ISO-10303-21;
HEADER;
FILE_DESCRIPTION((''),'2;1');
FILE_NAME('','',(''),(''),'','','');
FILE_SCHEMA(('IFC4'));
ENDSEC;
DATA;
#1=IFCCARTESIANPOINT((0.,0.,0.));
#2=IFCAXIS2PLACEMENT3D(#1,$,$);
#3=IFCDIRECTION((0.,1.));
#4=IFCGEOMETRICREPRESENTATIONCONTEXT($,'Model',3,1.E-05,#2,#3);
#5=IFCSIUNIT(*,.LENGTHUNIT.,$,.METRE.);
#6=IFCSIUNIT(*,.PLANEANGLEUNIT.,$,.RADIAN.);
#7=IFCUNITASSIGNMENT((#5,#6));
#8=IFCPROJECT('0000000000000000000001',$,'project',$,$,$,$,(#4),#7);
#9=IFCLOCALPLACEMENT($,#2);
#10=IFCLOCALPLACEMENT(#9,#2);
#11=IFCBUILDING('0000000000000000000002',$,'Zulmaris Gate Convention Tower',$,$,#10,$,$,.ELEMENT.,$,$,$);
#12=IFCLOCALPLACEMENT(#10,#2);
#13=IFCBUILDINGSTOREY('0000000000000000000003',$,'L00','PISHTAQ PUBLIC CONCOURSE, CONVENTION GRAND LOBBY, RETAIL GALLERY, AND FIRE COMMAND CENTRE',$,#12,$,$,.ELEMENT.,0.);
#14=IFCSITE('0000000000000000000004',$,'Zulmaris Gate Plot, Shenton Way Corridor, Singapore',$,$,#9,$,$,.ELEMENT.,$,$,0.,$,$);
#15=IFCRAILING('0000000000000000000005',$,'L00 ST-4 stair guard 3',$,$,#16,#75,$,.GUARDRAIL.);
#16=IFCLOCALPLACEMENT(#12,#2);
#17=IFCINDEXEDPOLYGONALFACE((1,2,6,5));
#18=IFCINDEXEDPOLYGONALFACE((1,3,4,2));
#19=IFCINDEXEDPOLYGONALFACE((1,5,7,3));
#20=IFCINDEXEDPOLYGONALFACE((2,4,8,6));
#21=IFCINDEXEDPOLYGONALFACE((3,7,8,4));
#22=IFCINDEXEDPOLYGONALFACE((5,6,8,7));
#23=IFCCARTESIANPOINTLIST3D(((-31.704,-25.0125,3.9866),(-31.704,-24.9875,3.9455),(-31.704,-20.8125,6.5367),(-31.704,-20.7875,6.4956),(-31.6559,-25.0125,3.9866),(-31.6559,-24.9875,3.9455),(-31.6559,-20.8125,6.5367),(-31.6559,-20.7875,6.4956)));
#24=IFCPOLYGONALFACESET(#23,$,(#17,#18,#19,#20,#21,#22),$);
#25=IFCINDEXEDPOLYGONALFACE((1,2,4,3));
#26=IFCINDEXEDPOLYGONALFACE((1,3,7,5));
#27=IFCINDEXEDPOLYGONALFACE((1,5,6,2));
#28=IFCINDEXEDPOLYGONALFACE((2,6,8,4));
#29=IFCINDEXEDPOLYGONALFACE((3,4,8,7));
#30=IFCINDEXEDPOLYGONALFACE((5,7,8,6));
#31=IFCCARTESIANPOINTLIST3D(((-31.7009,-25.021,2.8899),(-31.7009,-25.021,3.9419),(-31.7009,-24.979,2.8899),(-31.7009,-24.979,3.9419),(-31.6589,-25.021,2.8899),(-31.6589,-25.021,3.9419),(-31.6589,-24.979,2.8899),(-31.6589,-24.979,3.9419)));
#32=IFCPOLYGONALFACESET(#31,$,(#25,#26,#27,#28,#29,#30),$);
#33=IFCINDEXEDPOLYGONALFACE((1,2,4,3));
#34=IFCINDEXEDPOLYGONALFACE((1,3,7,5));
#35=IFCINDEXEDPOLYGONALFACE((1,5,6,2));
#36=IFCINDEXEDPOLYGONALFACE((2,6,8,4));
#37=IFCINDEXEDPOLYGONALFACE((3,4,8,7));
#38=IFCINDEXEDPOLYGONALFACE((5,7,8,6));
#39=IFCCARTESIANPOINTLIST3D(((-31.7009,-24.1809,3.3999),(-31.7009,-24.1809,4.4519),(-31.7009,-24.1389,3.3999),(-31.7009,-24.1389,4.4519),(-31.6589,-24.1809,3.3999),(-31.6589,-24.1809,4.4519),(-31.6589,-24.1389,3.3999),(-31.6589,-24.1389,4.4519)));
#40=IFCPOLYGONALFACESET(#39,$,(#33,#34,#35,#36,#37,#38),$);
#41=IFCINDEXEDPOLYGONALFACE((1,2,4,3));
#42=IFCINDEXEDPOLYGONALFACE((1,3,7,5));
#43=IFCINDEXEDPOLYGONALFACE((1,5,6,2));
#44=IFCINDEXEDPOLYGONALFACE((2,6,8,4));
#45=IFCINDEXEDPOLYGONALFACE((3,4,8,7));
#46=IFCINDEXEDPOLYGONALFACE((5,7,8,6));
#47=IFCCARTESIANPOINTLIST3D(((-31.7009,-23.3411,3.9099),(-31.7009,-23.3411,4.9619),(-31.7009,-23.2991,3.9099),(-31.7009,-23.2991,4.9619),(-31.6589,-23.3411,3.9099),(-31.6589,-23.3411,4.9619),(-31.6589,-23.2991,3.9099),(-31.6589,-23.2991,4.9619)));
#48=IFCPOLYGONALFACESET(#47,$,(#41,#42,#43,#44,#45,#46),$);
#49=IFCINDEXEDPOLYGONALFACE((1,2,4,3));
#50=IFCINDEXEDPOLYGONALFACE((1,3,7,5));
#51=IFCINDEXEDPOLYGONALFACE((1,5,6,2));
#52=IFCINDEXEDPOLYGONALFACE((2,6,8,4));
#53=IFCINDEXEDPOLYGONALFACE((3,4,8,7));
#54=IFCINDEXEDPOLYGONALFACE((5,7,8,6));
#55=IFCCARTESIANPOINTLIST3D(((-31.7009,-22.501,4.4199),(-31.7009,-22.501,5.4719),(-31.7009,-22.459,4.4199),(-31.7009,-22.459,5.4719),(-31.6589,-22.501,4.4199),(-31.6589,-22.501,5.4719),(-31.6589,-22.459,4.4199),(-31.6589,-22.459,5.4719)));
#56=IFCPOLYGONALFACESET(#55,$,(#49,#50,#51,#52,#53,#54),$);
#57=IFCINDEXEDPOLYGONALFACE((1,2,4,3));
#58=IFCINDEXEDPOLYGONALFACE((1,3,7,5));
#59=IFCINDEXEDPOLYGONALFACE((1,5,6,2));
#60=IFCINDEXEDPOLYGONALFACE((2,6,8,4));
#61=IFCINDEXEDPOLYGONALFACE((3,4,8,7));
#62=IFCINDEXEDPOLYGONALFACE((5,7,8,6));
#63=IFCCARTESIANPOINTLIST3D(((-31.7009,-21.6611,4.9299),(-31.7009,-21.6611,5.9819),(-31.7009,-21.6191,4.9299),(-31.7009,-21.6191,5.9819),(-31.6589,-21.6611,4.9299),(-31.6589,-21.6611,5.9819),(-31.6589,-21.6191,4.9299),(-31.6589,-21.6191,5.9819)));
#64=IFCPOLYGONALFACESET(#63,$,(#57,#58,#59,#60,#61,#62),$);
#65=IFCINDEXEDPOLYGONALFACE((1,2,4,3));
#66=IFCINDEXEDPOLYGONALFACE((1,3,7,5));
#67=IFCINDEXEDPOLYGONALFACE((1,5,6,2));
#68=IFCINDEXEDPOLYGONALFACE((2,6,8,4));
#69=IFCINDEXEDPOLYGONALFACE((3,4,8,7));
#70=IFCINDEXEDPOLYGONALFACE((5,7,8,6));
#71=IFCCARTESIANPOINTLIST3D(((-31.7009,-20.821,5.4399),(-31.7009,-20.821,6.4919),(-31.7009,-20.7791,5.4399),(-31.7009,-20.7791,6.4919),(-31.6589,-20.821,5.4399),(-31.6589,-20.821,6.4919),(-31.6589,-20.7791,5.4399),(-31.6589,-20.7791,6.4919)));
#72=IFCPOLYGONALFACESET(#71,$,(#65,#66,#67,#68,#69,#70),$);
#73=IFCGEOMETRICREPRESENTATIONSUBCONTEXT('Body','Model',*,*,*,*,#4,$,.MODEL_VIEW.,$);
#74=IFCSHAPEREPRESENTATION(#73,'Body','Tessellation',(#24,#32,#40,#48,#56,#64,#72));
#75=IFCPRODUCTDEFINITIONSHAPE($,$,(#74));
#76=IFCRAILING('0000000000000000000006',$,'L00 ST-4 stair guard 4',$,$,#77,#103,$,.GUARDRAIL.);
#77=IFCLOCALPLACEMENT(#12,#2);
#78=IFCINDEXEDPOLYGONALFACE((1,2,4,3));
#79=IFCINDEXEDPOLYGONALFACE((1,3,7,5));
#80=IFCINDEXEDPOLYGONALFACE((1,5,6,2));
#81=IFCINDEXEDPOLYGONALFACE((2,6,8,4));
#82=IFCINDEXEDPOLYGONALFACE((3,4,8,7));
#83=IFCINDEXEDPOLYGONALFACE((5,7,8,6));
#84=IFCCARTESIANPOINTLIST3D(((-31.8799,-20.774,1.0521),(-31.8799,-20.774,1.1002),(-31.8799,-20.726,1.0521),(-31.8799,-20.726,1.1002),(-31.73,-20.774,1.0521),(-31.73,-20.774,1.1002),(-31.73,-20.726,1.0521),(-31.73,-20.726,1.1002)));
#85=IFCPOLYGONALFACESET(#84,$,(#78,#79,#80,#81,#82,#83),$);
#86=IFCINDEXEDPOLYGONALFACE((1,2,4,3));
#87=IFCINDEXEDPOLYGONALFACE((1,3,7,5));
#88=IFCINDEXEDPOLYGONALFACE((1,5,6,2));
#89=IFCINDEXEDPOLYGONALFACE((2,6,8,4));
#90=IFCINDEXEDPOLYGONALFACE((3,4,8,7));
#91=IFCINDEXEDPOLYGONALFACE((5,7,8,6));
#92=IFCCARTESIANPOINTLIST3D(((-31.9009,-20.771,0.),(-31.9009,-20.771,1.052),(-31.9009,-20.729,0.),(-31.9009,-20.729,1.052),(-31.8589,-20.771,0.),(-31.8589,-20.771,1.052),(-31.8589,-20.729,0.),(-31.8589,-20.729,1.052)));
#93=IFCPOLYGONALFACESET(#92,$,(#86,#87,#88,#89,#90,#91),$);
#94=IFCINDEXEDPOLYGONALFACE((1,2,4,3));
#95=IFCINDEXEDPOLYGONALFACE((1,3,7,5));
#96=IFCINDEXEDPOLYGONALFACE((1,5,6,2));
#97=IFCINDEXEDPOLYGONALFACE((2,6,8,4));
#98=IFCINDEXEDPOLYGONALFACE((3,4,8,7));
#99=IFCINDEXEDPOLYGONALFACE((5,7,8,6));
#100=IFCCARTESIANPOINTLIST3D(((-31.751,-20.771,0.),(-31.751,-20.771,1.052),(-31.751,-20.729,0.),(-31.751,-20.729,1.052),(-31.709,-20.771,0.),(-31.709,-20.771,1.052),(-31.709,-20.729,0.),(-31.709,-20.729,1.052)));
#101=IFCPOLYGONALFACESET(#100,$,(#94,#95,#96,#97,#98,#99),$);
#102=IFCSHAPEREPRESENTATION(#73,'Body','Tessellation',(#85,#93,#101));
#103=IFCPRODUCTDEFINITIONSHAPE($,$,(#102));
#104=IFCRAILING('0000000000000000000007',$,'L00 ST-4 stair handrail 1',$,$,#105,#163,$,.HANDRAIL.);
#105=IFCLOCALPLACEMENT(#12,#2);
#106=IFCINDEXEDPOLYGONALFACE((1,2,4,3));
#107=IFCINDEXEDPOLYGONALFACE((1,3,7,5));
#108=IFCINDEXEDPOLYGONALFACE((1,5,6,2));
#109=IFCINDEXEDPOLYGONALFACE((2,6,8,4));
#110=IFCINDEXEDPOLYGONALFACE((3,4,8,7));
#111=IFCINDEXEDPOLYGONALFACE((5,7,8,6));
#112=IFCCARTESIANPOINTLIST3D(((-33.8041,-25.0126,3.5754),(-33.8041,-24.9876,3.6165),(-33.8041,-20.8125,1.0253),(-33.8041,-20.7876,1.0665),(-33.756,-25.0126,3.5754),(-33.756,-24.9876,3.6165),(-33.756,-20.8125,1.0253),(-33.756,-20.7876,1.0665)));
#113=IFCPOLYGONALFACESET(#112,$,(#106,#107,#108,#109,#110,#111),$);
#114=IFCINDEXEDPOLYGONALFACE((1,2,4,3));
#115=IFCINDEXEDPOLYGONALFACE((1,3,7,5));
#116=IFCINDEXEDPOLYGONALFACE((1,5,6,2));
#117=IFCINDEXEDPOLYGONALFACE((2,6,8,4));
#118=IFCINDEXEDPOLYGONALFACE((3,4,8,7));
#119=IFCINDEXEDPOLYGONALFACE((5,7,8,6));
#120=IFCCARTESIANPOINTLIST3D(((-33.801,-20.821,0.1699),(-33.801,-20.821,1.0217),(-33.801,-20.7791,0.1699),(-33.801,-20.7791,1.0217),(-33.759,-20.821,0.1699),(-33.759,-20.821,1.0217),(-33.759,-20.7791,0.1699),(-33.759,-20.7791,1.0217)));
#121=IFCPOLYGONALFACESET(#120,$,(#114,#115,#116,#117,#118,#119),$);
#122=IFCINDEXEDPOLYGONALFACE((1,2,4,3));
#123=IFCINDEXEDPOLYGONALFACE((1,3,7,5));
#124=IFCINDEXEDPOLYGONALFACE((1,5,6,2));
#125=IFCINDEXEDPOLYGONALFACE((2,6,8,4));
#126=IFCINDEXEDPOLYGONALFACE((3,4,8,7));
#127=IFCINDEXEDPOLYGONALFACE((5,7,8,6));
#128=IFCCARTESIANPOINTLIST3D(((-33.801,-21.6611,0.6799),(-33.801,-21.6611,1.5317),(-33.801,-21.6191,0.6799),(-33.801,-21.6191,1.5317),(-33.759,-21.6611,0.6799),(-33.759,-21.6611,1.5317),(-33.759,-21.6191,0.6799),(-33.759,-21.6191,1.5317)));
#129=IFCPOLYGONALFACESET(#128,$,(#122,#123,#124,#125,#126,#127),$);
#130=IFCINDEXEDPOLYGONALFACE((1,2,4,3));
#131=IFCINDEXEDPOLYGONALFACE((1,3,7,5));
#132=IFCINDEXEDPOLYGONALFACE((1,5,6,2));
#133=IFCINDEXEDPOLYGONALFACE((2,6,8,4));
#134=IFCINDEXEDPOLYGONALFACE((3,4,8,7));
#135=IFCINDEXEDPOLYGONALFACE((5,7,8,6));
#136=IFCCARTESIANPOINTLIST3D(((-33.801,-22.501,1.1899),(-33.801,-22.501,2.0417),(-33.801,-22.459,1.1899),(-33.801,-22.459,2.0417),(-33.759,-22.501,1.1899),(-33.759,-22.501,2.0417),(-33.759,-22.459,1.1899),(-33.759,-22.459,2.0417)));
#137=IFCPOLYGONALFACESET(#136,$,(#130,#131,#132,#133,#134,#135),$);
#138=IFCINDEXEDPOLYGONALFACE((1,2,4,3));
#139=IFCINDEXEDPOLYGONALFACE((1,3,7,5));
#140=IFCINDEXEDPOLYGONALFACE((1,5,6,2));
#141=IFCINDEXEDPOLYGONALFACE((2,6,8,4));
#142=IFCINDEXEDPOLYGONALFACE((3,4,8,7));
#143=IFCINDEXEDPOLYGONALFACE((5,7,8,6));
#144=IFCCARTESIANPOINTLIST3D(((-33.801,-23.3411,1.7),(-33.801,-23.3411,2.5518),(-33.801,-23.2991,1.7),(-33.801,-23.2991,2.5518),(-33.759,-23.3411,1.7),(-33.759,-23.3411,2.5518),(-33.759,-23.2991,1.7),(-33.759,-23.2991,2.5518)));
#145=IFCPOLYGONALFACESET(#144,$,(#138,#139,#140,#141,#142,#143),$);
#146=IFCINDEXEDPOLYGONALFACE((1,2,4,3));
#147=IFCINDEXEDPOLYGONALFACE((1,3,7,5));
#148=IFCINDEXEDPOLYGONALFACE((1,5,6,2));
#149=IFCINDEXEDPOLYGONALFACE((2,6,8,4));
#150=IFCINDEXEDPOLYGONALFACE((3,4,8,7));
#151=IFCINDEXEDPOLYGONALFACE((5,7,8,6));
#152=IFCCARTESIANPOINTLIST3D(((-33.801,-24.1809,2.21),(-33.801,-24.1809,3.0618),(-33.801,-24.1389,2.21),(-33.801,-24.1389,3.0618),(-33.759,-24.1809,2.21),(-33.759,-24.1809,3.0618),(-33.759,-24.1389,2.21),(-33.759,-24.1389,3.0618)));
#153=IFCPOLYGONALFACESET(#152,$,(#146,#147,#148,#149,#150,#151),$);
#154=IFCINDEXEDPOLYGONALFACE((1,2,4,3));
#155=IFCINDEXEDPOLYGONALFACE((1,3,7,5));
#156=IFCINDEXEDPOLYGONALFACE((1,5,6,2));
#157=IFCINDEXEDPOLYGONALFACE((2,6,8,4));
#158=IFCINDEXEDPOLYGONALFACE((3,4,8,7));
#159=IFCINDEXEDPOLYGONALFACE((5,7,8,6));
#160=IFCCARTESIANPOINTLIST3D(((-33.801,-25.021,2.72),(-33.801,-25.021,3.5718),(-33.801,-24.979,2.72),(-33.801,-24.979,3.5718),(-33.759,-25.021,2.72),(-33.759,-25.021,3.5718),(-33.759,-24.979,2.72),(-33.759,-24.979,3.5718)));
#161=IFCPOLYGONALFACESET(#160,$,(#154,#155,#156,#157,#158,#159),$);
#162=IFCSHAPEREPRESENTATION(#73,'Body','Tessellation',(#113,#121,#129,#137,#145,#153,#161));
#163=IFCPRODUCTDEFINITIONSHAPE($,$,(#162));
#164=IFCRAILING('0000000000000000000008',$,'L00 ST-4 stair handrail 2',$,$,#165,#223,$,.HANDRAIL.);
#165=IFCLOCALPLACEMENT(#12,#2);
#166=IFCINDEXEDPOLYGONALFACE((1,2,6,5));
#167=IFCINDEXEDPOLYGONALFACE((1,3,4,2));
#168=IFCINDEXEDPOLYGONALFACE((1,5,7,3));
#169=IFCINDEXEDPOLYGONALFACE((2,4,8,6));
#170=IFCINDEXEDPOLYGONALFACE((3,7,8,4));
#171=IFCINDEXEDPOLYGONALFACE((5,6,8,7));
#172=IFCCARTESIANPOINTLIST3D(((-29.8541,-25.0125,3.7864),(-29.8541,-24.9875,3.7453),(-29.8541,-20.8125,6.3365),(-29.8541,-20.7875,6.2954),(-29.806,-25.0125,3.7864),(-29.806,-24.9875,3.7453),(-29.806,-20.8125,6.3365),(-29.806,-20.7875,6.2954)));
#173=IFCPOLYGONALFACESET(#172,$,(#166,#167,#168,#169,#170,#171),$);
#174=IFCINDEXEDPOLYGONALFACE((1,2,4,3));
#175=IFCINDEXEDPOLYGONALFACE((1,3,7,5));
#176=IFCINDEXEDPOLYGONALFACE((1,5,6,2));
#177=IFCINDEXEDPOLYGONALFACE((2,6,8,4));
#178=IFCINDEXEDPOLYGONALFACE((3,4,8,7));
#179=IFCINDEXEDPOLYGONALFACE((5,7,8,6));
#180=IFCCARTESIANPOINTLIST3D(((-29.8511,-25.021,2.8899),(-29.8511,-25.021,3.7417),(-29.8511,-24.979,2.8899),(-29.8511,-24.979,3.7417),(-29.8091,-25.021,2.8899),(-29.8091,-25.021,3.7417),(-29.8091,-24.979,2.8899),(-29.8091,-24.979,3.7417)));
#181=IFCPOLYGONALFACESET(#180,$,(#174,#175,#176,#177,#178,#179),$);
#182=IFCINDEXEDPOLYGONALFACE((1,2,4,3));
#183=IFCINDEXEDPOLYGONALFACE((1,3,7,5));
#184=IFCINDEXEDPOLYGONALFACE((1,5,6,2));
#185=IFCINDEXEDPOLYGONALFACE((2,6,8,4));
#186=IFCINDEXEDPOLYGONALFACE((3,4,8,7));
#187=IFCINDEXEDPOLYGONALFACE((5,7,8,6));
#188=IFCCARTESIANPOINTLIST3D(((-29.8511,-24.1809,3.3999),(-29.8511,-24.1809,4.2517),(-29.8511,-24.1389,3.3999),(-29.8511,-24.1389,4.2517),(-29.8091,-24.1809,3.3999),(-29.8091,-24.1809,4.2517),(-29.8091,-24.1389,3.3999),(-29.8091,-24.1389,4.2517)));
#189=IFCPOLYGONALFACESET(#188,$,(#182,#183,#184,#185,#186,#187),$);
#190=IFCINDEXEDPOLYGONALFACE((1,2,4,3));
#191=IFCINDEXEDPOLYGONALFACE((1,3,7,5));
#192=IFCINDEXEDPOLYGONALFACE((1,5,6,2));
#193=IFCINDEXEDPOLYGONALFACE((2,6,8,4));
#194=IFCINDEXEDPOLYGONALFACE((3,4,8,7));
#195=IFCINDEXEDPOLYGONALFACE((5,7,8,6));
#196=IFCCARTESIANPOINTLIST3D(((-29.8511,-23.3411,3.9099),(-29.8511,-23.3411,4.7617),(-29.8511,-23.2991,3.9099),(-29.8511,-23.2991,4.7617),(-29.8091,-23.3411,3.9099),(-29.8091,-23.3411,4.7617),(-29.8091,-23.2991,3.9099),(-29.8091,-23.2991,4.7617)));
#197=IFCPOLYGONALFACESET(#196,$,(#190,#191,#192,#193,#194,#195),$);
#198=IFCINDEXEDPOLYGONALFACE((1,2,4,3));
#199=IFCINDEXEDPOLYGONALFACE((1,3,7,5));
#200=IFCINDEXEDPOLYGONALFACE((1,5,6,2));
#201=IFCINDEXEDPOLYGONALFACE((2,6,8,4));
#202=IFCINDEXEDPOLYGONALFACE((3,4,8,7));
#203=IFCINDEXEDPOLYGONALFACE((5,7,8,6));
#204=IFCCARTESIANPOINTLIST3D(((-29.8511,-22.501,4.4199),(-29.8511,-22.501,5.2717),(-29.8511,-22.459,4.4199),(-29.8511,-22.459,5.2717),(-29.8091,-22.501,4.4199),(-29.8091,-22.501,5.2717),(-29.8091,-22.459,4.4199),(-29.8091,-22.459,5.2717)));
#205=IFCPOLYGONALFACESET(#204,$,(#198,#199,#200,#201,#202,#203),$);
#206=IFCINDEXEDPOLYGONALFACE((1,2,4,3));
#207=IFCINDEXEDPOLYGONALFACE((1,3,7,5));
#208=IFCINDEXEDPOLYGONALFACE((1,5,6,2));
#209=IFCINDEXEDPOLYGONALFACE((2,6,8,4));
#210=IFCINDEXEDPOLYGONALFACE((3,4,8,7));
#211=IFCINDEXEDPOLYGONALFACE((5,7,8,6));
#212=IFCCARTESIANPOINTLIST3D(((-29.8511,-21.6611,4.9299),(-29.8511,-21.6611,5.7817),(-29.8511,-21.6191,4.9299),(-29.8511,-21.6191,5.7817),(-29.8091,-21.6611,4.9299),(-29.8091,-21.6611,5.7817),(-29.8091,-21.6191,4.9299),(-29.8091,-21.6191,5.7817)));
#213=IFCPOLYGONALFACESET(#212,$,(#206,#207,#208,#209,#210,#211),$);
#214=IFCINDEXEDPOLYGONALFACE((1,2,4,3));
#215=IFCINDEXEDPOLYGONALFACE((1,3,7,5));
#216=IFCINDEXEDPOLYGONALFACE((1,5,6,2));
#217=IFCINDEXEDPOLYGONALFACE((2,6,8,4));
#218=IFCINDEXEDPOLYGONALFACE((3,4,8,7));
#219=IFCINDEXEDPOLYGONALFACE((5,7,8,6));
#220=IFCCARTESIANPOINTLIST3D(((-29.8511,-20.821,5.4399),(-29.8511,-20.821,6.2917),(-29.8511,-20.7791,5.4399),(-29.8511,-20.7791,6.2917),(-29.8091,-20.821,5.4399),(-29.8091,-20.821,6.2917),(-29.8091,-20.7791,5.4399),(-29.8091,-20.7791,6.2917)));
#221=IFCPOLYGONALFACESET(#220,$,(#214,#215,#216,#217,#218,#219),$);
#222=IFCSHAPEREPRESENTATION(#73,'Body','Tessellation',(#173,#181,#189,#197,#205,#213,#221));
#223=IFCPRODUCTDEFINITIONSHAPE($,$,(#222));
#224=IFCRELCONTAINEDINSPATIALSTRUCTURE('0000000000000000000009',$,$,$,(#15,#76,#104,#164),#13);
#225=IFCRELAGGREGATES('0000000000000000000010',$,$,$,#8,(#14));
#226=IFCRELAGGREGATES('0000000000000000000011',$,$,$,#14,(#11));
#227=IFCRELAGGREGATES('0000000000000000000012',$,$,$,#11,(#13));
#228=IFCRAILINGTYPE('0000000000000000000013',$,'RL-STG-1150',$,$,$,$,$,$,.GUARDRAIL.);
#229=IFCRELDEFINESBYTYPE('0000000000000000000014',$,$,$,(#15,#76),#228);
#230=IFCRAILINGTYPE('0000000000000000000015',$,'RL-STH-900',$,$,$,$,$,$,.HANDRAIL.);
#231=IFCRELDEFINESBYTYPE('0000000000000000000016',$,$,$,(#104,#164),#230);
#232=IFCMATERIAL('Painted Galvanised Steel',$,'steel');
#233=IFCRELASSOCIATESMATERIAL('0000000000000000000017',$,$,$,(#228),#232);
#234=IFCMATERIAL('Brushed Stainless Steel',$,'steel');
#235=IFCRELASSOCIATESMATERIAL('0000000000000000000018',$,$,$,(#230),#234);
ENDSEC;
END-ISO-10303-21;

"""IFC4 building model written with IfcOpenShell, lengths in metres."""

from ifc_helpers import new_model, si_unit, direction, frame, origin, origin_2d, place, context, subcontext, project, spatial, rectangle, extrude, material, type_object, element, save


model = new_model("IFC4")

# Units and contexts
model_context = context("Model", 3, precision=1e-05, world=origin(), true_north=direction((0.0, 1.0)))
body_context = subcontext(model_context, "Body", "Model", "MODEL_VIEW")
ifc_project = project(units=[si_unit("LENGTHUNIT", "METRE"), si_unit("PLANEANGLEUNIT", "RADIAN")], contexts=[model_context])

# Site, building, storey
site_placement = place(None, origin())
site = spatial("IfcSite", under=ifc_project, at=site_placement, Name="Zulmaris Gate Plot, Shenton Way Corridor, Singapore", CompositionType="ELEMENT", RefElevation=0.0)
building_placement = place(site_placement, origin())
building = spatial("IfcBuilding", under=site, at=building_placement, Name="Zulmaris Gate Convention Tower", CompositionType="ELEMENT")
storey_placement = place(building_placement, origin())
storey = spatial("IfcBuildingStorey", under=building, at=storey_placement, Name="L00", Description="PISHTAQ PUBLIC CONCOURSE, CONVENTION GRAND LOBBY, RETAIL GALLERY, AND FIRE COMMAND CENTRE", CompositionType="ELEMENT", Elevation=0.0)

# Railings
ifc_material_1 = material(Name="Painted Galvanised Steel", Category="steel")
railing_type_1 = type_object("IfcRailingType", Name="RL-STG-1150", PredefinedType="GUARDRAIL", material=ifc_material_1)
railing_1_placement = place(storey_placement, frame((-31.6799, -25.0, 2.8899)))
element("IfcRailing", 1, at=railing_1_placement, inside=storey, type_object=railing_type_1, Name="L00 ST-4 stair guard 3", PredefinedType="GUARDRAIL", context=body_context, shape_type="SweptSolid", body=[
    extrude(rectangle(XDim=0.0481, YDim=0.0481, at=origin_2d()), frame((0.0, 0.0, 1.0762), z_axis=(0.0, 0.85478, 0.51899), x_axis=(-1.0, 0.0, 0.0)), (0.0, 0.0, 1.0), 4.9136),
    extrude(rectangle(XDim=0.042, YDim=0.042, at=origin_2d()), origin(), (0.0, 0.0, 1.0), 1.052),
    extrude(rectangle(XDim=0.042, YDim=0.042, at=origin_2d()), frame((0.0, 0.8401, 0.51)), (0.0, 0.0, 1.0), 1.052),
    extrude(rectangle(XDim=0.042, YDim=0.042, at=origin_2d()), frame((0.0, 1.6799, 1.02)), (0.0, 0.0, 1.0), 1.052),
    extrude(rectangle(XDim=0.042, YDim=0.042, at=origin_2d()), frame((0.0, 2.52, 1.53)), (0.0, 0.0, 1.0), 1.052),
    extrude(rectangle(XDim=0.042, YDim=0.042, at=origin_2d()), frame((0.0, 3.3599, 2.04)), (0.0, 0.0, 1.0), 1.052),
    extrude(rectangle(XDim=0.042, YDim=0.042, at=origin_2d()), frame((0.0, 4.2, 2.55)), (0.0, 0.0, 1.0), 1.052),
])
railing_2_placement = place(storey_placement, frame((-31.8799, -20.75, 0.0)))
element("IfcRailing", 2, at=railing_2_placement, inside=storey, type_object=railing_type_1, Name="L00 ST-4 stair guard 4", PredefinedType="GUARDRAIL", context=body_context, shape_type="SweptSolid", body=[
    extrude(rectangle(XDim=0.0481, YDim=0.0481, at=origin_2d()), frame((0.0, 0.0, 1.0762), z_axis=(1.0, 0.0, 0.0), x_axis=(0.0, 1.0, 0.0)), (0.0, 0.0, 1.0), 0.1499),
    extrude(rectangle(XDim=0.042, YDim=0.042, at=origin_2d()), origin(), (0.0, 0.0, 1.0), 1.052),
    extrude(rectangle(XDim=0.042, YDim=0.042, at=origin_2d()), frame((0.1499, 0.0, 0.0)), (0.0, 0.0, 1.0), 1.052),
])
ifc_material_2 = material(Name="Brushed Stainless Steel", Category="steel")
railing_type_2 = type_object("IfcRailingType", Name="RL-STH-900", PredefinedType="HANDRAIL", material=ifc_material_2)
railing_3_placement = place(storey_placement, frame((-33.78, -20.8, 0.1699)))
element("IfcRailing", 3, at=railing_3_placement, inside=storey, type_object=railing_type_2, Name="L00 ST-4 stair handrail 1", PredefinedType="HANDRAIL", context=body_context, shape_type="SweptSolid", body=[
    extrude(rectangle(XDim=0.0481, YDim=0.0481, at=origin_2d()), frame((0.0, 0.0, 0.876), z_axis=(0.0, -0.85478, 0.51899), x_axis=(1.0, 0.0, 0.0)), (0.0, 0.0, 1.0), 4.9136),
    extrude(rectangle(XDim=0.042, YDim=0.042, at=origin_2d()), origin(), (0.0, 0.0, 1.0), 0.8518),
    extrude(rectangle(XDim=0.042, YDim=0.042, at=origin_2d()), frame((0.0, -0.8401, 0.51)), (0.0, 0.0, 1.0), 0.8518),
    extrude(rectangle(XDim=0.042, YDim=0.042, at=origin_2d()), frame((0.0, -1.6799, 1.02)), (0.0, 0.0, 1.0), 0.8518),
    extrude(rectangle(XDim=0.042, YDim=0.042, at=origin_2d()), frame((0.0, -2.52, 1.53)), (0.0, 0.0, 1.0), 0.8518),
    extrude(rectangle(XDim=0.042, YDim=0.042, at=origin_2d()), frame((0.0, -3.3599, 2.04)), (0.0, 0.0, 1.0), 0.8518),
    extrude(rectangle(XDim=0.042, YDim=0.042, at=origin_2d()), frame((0.0, -4.2, 2.55)), (0.0, 0.0, 1.0), 0.8518),
])
railing_4_placement = place(storey_placement, frame((-29.8301, -25.0, 2.8899)))
element("IfcRailing", 4, at=railing_4_placement, inside=storey, type_object=railing_type_2, Name="L00 ST-4 stair handrail 2", PredefinedType="HANDRAIL", context=body_context, shape_type="SweptSolid", body=[
    extrude(rectangle(XDim=0.0481, YDim=0.0481, at=origin_2d()), frame((0.0, 0.0, 0.876), z_axis=(0.0, 0.85478, 0.51899), x_axis=(-1.0, 0.0, 0.0)), (0.0, 0.0, 1.0), 4.9136),
    extrude(rectangle(XDim=0.042, YDim=0.042, at=origin_2d()), origin(), (0.0, 0.0, 1.0), 0.8518),
    extrude(rectangle(XDim=0.042, YDim=0.042, at=origin_2d()), frame((0.0, 0.8401, 0.51)), (0.0, 0.0, 1.0), 0.8518),
    extrude(rectangle(XDim=0.042, YDim=0.042, at=origin_2d()), frame((0.0, 1.6799, 1.02)), (0.0, 0.0, 1.0), 0.8518),
    extrude(rectangle(XDim=0.042, YDim=0.042, at=origin_2d()), frame((0.0, 2.52, 1.53)), (0.0, 0.0, 1.0), 0.8518),
    extrude(rectangle(XDim=0.042, YDim=0.042, at=origin_2d()), frame((0.0, 3.3599, 2.04)), (0.0, 0.0, 1.0), 0.8518),
    extrude(rectangle(XDim=0.042, YDim=0.042, at=origin_2d()), frame((0.0, 4.2, 2.55)), (0.0, 0.0, 1.0), 0.8518),
])

save(model, "model.ifc")
